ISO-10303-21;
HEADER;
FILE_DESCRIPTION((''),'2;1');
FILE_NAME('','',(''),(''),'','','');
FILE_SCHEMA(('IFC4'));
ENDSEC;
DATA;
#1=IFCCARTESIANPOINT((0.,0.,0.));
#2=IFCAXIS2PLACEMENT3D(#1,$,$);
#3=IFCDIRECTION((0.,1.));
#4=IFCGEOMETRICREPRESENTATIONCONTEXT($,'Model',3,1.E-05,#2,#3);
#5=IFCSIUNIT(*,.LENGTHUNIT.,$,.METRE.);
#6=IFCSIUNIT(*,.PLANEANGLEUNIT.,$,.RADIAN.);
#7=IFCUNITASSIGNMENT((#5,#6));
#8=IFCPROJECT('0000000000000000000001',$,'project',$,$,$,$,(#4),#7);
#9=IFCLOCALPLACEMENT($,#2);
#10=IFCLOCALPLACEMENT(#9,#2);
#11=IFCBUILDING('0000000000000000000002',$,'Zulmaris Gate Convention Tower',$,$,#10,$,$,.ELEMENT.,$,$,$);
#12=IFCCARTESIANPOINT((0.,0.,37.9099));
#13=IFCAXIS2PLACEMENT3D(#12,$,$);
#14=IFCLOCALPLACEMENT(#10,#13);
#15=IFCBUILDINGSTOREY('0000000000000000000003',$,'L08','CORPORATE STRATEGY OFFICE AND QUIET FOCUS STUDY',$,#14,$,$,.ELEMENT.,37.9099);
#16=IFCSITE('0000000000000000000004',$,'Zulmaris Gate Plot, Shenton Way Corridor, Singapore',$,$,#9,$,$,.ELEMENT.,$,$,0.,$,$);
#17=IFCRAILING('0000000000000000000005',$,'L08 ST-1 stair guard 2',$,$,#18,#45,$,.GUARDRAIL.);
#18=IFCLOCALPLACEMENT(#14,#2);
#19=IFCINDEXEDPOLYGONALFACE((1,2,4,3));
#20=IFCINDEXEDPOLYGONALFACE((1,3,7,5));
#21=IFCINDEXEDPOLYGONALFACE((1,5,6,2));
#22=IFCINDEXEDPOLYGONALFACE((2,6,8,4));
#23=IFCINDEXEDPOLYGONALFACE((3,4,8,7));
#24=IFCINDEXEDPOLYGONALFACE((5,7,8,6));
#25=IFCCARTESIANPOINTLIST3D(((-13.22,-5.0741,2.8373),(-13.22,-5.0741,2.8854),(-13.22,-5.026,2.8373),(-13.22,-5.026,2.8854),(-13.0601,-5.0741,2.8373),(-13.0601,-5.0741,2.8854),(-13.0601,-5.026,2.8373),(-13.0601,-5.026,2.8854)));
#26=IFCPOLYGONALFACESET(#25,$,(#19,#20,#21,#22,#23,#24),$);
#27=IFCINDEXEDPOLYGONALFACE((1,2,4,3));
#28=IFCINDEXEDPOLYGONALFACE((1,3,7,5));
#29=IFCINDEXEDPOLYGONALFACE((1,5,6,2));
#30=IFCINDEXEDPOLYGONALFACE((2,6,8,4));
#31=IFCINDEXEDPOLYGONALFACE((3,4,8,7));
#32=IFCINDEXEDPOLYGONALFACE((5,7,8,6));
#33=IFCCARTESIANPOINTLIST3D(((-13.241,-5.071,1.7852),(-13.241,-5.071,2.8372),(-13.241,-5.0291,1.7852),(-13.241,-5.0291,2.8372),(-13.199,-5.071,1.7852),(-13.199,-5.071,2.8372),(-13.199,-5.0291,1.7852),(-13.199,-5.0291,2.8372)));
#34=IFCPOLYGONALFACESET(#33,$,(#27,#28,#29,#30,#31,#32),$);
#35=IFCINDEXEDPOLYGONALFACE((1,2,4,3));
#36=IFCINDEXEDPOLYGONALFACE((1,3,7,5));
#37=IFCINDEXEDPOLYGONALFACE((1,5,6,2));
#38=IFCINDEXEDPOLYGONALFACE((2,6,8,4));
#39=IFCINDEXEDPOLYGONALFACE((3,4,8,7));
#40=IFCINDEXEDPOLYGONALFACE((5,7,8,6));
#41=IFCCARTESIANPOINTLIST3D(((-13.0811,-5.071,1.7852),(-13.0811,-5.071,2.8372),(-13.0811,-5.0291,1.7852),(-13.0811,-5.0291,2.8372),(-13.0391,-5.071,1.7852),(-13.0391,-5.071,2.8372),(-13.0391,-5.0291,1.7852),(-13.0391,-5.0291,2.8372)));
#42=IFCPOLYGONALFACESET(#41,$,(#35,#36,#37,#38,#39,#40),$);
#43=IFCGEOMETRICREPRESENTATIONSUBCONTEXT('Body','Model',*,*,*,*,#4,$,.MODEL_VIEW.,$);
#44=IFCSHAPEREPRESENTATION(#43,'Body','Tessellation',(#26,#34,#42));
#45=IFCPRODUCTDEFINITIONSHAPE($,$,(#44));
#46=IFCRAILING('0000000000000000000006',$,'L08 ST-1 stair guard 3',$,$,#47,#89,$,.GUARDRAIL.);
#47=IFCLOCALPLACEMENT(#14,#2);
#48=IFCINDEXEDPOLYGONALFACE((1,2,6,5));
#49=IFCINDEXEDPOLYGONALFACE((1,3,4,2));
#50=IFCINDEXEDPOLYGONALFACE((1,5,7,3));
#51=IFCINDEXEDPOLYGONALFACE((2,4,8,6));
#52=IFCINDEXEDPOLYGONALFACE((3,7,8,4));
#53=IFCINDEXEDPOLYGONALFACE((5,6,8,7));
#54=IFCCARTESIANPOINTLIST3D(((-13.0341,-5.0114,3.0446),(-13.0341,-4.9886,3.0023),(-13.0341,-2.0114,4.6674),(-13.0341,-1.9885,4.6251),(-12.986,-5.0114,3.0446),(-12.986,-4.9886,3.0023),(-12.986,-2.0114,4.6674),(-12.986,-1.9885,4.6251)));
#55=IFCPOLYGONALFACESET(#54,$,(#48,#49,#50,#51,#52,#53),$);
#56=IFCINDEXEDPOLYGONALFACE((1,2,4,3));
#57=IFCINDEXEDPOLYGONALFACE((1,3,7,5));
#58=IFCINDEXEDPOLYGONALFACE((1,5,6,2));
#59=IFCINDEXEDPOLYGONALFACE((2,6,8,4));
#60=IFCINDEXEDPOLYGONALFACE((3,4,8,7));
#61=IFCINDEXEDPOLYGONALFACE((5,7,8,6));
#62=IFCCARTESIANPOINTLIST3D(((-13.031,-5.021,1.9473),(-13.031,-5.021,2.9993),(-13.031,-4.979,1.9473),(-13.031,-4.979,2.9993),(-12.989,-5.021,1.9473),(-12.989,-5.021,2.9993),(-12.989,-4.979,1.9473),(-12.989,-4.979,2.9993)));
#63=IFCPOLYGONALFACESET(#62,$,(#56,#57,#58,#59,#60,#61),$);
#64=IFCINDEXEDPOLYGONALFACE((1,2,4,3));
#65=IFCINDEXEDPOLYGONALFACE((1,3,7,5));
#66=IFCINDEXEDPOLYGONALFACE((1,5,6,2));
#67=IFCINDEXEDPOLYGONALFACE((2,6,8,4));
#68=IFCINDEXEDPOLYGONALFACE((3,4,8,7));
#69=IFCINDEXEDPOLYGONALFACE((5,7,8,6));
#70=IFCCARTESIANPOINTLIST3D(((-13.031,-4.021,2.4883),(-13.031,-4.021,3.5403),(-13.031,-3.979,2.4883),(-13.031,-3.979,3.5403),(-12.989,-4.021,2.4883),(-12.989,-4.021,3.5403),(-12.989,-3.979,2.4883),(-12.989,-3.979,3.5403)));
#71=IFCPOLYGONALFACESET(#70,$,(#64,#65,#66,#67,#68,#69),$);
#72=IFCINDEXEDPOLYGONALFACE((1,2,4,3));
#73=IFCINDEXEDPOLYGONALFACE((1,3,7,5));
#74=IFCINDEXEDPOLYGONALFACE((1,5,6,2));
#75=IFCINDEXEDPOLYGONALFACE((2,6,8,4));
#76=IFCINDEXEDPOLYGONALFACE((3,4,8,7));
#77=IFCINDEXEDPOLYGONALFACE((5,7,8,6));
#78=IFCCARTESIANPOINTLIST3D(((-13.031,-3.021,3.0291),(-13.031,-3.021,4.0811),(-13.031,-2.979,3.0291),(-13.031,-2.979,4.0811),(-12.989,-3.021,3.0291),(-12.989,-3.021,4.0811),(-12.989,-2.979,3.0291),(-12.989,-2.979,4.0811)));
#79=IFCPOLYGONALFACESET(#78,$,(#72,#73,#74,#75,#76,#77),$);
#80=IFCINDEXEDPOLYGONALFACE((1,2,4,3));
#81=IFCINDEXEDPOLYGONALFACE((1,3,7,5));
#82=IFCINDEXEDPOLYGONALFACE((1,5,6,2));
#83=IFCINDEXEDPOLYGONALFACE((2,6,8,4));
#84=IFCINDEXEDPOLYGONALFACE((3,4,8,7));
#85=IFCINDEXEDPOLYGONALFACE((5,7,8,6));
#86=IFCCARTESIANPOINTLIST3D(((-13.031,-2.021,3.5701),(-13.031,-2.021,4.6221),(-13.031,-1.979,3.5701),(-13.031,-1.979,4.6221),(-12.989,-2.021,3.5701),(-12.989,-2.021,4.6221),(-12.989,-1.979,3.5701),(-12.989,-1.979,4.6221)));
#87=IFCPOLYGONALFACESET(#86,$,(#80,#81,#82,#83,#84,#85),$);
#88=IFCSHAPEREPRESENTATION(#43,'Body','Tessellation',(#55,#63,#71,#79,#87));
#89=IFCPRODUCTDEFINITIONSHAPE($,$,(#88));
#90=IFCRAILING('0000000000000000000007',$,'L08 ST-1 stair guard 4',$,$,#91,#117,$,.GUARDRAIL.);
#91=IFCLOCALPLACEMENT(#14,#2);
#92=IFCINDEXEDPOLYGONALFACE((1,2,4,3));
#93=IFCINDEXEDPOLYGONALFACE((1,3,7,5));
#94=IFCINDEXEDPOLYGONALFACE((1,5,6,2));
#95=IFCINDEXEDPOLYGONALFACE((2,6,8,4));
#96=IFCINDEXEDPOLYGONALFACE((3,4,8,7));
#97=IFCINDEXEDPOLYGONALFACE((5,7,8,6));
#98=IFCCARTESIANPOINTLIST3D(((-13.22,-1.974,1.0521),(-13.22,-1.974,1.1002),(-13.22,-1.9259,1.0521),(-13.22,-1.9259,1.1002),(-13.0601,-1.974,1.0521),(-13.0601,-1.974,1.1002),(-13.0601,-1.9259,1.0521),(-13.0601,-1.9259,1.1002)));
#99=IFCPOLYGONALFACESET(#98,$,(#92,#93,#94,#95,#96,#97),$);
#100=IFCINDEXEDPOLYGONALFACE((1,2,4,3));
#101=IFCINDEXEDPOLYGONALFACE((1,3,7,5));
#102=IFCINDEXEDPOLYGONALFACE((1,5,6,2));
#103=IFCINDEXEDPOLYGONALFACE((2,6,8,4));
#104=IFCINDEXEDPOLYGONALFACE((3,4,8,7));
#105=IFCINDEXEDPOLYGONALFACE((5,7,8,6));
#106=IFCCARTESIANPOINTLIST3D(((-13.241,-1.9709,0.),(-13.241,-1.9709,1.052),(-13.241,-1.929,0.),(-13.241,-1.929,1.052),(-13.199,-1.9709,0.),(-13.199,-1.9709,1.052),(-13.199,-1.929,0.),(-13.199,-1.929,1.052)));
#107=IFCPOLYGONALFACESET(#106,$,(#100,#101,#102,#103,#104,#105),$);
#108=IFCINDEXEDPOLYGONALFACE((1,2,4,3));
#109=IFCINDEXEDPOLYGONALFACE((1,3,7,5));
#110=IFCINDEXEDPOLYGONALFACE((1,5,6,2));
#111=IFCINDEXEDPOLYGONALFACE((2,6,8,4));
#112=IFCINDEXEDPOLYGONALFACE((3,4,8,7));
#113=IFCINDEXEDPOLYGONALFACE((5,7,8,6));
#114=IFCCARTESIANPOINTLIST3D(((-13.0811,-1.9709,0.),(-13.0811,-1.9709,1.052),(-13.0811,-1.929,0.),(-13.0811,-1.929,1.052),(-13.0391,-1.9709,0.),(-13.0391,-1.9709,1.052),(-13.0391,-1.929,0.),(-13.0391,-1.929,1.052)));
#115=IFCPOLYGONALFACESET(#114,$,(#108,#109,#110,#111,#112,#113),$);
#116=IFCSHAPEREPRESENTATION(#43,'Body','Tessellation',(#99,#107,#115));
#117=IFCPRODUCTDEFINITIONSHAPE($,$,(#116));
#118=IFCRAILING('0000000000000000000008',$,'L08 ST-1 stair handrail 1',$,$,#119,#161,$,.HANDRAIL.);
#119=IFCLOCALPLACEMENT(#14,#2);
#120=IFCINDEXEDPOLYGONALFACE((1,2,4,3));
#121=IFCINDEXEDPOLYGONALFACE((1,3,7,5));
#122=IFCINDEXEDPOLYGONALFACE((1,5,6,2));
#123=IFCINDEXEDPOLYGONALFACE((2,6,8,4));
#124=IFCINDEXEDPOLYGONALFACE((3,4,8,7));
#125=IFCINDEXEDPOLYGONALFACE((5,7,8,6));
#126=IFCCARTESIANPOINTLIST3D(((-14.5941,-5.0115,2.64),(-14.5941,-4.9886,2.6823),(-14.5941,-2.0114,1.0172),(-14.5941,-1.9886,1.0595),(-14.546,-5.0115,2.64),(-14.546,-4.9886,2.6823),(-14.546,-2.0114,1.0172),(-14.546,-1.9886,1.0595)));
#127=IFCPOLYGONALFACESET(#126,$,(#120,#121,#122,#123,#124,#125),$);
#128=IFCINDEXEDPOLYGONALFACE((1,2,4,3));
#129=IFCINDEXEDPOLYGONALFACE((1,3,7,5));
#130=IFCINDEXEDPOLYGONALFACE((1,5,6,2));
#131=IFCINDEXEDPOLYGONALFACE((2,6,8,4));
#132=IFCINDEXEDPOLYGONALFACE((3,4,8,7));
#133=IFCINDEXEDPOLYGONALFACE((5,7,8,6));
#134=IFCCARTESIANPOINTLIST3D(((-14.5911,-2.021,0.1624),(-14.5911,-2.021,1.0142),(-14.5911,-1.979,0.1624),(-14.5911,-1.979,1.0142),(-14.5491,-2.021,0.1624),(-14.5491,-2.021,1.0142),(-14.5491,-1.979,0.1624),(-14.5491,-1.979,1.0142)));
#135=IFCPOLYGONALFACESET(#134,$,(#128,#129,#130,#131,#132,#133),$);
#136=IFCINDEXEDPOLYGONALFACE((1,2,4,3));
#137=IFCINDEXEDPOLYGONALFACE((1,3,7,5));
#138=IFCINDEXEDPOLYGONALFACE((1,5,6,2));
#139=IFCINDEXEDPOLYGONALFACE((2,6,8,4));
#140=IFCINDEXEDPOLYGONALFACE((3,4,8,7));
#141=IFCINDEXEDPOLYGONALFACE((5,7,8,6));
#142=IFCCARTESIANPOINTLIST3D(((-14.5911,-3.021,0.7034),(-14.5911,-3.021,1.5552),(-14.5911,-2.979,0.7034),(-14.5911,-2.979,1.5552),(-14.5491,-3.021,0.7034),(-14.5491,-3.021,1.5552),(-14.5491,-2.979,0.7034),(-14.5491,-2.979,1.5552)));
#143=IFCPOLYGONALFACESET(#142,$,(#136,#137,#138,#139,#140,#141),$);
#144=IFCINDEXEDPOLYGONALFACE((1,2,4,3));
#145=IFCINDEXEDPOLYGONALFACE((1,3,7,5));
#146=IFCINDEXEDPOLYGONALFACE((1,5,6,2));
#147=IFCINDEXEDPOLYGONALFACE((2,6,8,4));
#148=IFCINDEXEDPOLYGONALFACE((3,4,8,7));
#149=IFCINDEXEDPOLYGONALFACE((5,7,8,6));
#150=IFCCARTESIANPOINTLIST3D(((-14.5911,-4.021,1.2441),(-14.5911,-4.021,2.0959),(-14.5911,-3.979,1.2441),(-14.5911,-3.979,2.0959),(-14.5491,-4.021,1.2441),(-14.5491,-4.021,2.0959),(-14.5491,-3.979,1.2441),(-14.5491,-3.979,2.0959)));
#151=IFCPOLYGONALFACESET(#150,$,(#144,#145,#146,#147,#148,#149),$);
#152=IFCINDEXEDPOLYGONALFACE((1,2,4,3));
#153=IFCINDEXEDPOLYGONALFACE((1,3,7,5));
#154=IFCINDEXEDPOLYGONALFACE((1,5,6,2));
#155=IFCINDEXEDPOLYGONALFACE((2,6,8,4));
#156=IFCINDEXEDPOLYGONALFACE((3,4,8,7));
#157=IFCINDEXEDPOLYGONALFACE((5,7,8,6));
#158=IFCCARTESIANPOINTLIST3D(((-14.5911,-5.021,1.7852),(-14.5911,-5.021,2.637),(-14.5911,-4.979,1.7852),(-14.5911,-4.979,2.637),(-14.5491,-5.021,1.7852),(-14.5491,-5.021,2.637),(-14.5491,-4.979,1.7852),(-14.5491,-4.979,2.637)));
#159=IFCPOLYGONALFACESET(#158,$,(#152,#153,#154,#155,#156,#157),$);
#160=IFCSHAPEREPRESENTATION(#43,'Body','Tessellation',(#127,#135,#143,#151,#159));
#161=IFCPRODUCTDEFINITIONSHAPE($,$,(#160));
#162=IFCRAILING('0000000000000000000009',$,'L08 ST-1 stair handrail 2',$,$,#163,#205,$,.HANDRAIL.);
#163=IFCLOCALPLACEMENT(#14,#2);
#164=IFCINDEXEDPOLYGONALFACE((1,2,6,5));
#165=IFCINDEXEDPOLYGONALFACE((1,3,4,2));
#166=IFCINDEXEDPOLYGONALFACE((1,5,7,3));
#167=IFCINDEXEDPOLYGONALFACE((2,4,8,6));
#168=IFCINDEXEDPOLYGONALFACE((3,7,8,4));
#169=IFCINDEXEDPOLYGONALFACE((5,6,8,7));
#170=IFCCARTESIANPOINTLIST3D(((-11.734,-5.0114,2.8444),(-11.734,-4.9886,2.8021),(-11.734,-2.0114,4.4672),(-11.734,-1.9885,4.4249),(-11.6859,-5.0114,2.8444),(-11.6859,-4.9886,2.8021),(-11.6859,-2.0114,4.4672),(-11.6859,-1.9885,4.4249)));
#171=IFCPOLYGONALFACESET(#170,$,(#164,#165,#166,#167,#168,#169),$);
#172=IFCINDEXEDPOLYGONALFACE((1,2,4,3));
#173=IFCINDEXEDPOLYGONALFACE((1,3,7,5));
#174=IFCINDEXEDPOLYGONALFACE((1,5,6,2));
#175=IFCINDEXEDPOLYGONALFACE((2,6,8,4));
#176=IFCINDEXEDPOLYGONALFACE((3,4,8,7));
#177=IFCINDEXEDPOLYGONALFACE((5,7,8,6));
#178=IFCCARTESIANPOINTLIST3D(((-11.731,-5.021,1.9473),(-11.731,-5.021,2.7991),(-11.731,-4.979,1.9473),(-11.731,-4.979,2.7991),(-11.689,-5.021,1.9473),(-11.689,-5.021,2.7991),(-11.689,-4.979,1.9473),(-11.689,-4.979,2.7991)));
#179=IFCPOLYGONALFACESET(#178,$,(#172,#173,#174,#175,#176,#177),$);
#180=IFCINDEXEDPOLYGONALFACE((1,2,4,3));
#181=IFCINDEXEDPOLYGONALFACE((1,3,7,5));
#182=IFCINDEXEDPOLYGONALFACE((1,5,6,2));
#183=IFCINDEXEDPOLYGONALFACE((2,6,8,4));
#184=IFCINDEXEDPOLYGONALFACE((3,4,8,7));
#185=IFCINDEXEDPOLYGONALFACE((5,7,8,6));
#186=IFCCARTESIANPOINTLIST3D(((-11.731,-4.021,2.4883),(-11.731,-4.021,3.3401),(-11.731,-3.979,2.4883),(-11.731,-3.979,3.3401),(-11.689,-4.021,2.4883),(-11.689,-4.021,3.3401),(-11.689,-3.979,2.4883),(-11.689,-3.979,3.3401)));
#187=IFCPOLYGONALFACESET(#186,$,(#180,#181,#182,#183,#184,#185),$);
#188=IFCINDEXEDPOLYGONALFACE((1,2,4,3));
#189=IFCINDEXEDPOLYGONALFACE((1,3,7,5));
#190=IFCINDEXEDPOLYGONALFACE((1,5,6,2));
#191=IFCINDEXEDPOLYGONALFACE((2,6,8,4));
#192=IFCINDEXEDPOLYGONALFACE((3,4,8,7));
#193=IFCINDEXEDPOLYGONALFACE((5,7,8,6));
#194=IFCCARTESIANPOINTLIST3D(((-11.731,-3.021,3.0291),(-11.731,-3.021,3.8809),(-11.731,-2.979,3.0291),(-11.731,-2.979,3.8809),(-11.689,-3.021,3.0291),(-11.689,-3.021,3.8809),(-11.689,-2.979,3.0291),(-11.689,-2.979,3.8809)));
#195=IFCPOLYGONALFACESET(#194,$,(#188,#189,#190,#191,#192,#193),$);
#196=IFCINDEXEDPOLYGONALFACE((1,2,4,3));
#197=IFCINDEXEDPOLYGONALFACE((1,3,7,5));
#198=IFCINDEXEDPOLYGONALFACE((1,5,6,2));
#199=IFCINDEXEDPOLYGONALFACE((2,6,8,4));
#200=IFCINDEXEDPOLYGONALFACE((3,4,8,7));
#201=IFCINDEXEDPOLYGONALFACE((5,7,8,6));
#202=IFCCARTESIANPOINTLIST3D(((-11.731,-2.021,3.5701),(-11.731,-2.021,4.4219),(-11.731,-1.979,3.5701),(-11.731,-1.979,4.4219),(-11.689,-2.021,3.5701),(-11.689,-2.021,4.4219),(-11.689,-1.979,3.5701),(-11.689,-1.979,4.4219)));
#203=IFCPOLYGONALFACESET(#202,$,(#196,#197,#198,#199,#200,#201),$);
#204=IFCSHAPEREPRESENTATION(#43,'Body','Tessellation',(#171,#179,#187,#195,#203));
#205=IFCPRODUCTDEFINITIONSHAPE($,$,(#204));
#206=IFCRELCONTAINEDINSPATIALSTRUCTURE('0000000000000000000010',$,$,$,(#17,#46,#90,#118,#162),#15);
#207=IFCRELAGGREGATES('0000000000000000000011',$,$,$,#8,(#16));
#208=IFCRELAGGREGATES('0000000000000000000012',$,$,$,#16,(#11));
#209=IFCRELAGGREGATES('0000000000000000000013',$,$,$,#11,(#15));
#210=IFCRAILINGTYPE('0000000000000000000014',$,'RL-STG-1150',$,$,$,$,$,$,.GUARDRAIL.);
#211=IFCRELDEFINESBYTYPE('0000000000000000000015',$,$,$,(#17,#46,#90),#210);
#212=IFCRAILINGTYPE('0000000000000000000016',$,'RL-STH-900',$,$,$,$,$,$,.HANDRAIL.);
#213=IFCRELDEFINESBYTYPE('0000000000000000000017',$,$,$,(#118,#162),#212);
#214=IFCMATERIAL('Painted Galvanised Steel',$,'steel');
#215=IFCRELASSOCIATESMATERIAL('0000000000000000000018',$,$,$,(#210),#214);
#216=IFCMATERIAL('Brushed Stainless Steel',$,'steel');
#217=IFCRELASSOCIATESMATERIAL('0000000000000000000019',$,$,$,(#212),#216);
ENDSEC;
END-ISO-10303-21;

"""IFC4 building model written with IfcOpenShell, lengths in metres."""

from ifc_helpers import new_model, si_unit, direction, frame, origin, origin_2d, place, context, subcontext, project, spatial, rectangle, extrude, material, type_object, element, save


model = new_model("IFC4")

# Units and contexts
model_context = context("Model", 3, precision=1e-05, world=origin(), true_north=direction((0.0, 1.0)))
body_context = subcontext(model_context, "Body", "Model", "MODEL_VIEW")
ifc_project = project(units=[si_unit("LENGTHUNIT", "METRE"), si_unit("PLANEANGLEUNIT", "RADIAN")], contexts=[model_context])

# Site, building, storey
site_placement = place(None, origin())
site = spatial("IfcSite", under=ifc_project, at=site_placement, Name="Zulmaris Gate Plot, Shenton Way Corridor, Singapore", CompositionType="ELEMENT", RefElevation=0.0)
building_placement = place(site_placement, origin())
building = spatial("IfcBuilding", under=site, at=building_placement, Name="Zulmaris Gate Convention Tower", CompositionType="ELEMENT")
storey_placement = place(building_placement, frame((0.0, 0.0, 37.9099)))
storey = spatial("IfcBuildingStorey", under=building, at=storey_placement, Name="L08", Description="CORPORATE STRATEGY OFFICE AND QUIET FOCUS STUDY", CompositionType="ELEMENT", Elevation=37.9099)

# Shared definitions
ifc_material_1 = material(Name="Brushed Stainless Steel", Category="steel")

# Railings
ifc_material_2 = material(Name="Painted Galvanised Steel", Category="steel")
railing_type_1 = type_object("IfcRailingType", Name="RL-STG-1150", PredefinedType="GUARDRAIL", material=ifc_material_2)
railing_1_placement = place(storey_placement, frame((-13.22, -5.05, 1.7852)))
element("IfcRailing", 1, at=railing_1_placement, inside=storey, type_object=railing_type_1, Name="L08 ST-1 stair guard 2", PredefinedType="GUARDRAIL", context=body_context, shape_type="SweptSolid", body=[
    extrude(rectangle(XDim=0.0481, YDim=0.0481, at=origin_2d()), frame((0.0, 0.0, 1.0762), z_axis=(1.0, 0.0, 0.0), x_axis=(0.0, 1.0, 0.0)), (0.0, 0.0, 1.0), 0.1599),
    extrude(rectangle(XDim=0.042, YDim=0.042, at=origin_2d()), origin(), (0.0, 0.0, 1.0), 1.052),
    extrude(rectangle(XDim=0.042, YDim=0.042, at=origin_2d()), frame((0.1599, 0.0, 0.0)), (0.0, 0.0, 1.0), 1.052),
])
railing_2_placement = place(storey_placement, frame((-13.01, -5.0, 1.9473)))
element("IfcRailing", 2, at=railing_2_placement, inside=storey, type_object=railing_type_1, Name="L08 ST-1 stair guard 3", PredefinedType="GUARDRAIL", context=body_context, shape_type="SweptSolid", body=[
    extrude(rectangle(XDim=0.0481, YDim=0.0481, at=origin_2d()), frame((0.0, 0.0, 1.0762), z_axis=(0.0, 0.879562, 0.475785), x_axis=(-1.0, 0.0, 0.0)), (0.0, 0.0, 1.0), 3.4109),
    extrude(rectangle(XDim=0.042, YDim=0.042, at=origin_2d()), origin(), (0.0, 0.0, 1.0), 1.052),
    extrude(rectangle(XDim=0.042, YDim=0.042, at=origin_2d()), frame((0.0, 1.0, 0.541)), (0.0, 0.0, 1.0), 1.052),
    extrude(rectangle(XDim=0.042, YDim=0.042, at=origin_2d()), frame((0.0, 2.0, 1.0818)), (0.0, 0.0, 1.0), 1.052),
    extrude(rectangle(XDim=0.042, YDim=0.042, at=origin_2d()), frame((0.0, 3.0, 1.6228)), (0.0, 0.0, 1.0), 1.052),
])
railing_3_placement = place(storey_placement, frame((-13.22, -1.95, 0.0)))
element("IfcRailing", 3, at=railing_3_placement, inside=storey, type_object=railing_type_1, Name="L08 ST-1 stair guard 4", PredefinedType="GUARDRAIL", context=body_context, shape_type="SweptSolid", body=[
    extrude(rectangle(XDim=0.0481, YDim=0.0481, at=origin_2d()), frame((0.0, 0.0, 1.0762), z_axis=(1.0, 0.0, 0.0), x_axis=(0.0, 1.0, 0.0)), (0.0, 0.0, 1.0), 0.1599),
    extrude(rectangle(XDim=0.042, YDim=0.042, at=origin_2d()), origin(), (0.0, 0.0, 1.0), 1.052),
    extrude(rectangle(XDim=0.042, YDim=0.042, at=origin_2d()), frame((0.1599, 0.0, 0.0)), (0.0, 0.0, 1.0), 1.052),
])
railing_type_2 = type_object("IfcRailingType", Name="RL-STH-900", PredefinedType="HANDRAIL", material=ifc_material_1)
railing_4_placement = place(storey_placement, frame((-14.5701, -2.0, 0.1624)))
element("IfcRailing", 4, at=railing_4_placement, inside=storey, type_object=railing_type_2, Name="L08 ST-1 stair handrail 1", PredefinedType="HANDRAIL", context=body_context, shape_type="SweptSolid", body=[
    extrude(rectangle(XDim=0.0481, YDim=0.0481, at=origin_2d()), frame((0.0, 0.0, 0.876), z_axis=(0.0, -0.879562, 0.475785), x_axis=(1.0, 0.0, 0.0)), (0.0, 0.0, 1.0), 3.4109),
    extrude(rectangle(XDim=0.042, YDim=0.042, at=origin_2d()), origin(), (0.0, 0.0, 1.0), 0.8518),
    extrude(rectangle(XDim=0.042, YDim=0.042, at=origin_2d()), frame((0.0, -1.0, 0.541)), (0.0, 0.0, 1.0), 0.8518),
    extrude(rectangle(XDim=0.042, YDim=0.042, at=origin_2d()), frame((0.0, -2.0, 1.0818)), (0.0, 0.0, 1.0), 0.8518),
    extrude(rectangle(XDim=0.042, YDim=0.042, at=origin_2d()), frame((0.0, -3.0, 1.6228)), (0.0, 0.0, 1.0), 0.8518),
])
for number, where, name in (
    (5, (-11.71, -5.0, 1.9473), "L08 ST-1 stair handrail 2"),
):
    element("IfcRailing", number, at=place(storey_placement, frame(where)), inside=storey, type_object=railing_type_2, Name=name, PredefinedType="HANDRAIL", context=body_context, shape_type="SweptSolid", body=[
        extrude(rectangle(XDim=0.0481, YDim=0.0481, at=origin_2d()), frame((0.0, 0.0, 0.876), z_axis=(0.0, 0.879562, 0.475785), x_axis=(-1.0, 0.0, 0.0)), (0.0, 0.0, 1.0), 3.4109),
        extrude(rectangle(XDim=0.042, YDim=0.042, at=origin_2d()), origin(), (0.0, 0.0, 1.0), 0.8518),
        extrude(rectangle(XDim=0.042, YDim=0.042, at=origin_2d()), frame((0.0, 1.0, 0.541)), (0.0, 0.0, 1.0), 0.8518),
        extrude(rectangle(XDim=0.042, YDim=0.042, at=origin_2d()), frame((0.0, 2.0, 1.0818)), (0.0, 0.0, 1.0), 0.8518),
        extrude(rectangle(XDim=0.042, YDim=0.042, at=origin_2d()), frame((0.0, 3.0, 1.6228)), (0.0, 0.0, 1.0), 0.8518),
    ])

save(model, "model.ifc")
